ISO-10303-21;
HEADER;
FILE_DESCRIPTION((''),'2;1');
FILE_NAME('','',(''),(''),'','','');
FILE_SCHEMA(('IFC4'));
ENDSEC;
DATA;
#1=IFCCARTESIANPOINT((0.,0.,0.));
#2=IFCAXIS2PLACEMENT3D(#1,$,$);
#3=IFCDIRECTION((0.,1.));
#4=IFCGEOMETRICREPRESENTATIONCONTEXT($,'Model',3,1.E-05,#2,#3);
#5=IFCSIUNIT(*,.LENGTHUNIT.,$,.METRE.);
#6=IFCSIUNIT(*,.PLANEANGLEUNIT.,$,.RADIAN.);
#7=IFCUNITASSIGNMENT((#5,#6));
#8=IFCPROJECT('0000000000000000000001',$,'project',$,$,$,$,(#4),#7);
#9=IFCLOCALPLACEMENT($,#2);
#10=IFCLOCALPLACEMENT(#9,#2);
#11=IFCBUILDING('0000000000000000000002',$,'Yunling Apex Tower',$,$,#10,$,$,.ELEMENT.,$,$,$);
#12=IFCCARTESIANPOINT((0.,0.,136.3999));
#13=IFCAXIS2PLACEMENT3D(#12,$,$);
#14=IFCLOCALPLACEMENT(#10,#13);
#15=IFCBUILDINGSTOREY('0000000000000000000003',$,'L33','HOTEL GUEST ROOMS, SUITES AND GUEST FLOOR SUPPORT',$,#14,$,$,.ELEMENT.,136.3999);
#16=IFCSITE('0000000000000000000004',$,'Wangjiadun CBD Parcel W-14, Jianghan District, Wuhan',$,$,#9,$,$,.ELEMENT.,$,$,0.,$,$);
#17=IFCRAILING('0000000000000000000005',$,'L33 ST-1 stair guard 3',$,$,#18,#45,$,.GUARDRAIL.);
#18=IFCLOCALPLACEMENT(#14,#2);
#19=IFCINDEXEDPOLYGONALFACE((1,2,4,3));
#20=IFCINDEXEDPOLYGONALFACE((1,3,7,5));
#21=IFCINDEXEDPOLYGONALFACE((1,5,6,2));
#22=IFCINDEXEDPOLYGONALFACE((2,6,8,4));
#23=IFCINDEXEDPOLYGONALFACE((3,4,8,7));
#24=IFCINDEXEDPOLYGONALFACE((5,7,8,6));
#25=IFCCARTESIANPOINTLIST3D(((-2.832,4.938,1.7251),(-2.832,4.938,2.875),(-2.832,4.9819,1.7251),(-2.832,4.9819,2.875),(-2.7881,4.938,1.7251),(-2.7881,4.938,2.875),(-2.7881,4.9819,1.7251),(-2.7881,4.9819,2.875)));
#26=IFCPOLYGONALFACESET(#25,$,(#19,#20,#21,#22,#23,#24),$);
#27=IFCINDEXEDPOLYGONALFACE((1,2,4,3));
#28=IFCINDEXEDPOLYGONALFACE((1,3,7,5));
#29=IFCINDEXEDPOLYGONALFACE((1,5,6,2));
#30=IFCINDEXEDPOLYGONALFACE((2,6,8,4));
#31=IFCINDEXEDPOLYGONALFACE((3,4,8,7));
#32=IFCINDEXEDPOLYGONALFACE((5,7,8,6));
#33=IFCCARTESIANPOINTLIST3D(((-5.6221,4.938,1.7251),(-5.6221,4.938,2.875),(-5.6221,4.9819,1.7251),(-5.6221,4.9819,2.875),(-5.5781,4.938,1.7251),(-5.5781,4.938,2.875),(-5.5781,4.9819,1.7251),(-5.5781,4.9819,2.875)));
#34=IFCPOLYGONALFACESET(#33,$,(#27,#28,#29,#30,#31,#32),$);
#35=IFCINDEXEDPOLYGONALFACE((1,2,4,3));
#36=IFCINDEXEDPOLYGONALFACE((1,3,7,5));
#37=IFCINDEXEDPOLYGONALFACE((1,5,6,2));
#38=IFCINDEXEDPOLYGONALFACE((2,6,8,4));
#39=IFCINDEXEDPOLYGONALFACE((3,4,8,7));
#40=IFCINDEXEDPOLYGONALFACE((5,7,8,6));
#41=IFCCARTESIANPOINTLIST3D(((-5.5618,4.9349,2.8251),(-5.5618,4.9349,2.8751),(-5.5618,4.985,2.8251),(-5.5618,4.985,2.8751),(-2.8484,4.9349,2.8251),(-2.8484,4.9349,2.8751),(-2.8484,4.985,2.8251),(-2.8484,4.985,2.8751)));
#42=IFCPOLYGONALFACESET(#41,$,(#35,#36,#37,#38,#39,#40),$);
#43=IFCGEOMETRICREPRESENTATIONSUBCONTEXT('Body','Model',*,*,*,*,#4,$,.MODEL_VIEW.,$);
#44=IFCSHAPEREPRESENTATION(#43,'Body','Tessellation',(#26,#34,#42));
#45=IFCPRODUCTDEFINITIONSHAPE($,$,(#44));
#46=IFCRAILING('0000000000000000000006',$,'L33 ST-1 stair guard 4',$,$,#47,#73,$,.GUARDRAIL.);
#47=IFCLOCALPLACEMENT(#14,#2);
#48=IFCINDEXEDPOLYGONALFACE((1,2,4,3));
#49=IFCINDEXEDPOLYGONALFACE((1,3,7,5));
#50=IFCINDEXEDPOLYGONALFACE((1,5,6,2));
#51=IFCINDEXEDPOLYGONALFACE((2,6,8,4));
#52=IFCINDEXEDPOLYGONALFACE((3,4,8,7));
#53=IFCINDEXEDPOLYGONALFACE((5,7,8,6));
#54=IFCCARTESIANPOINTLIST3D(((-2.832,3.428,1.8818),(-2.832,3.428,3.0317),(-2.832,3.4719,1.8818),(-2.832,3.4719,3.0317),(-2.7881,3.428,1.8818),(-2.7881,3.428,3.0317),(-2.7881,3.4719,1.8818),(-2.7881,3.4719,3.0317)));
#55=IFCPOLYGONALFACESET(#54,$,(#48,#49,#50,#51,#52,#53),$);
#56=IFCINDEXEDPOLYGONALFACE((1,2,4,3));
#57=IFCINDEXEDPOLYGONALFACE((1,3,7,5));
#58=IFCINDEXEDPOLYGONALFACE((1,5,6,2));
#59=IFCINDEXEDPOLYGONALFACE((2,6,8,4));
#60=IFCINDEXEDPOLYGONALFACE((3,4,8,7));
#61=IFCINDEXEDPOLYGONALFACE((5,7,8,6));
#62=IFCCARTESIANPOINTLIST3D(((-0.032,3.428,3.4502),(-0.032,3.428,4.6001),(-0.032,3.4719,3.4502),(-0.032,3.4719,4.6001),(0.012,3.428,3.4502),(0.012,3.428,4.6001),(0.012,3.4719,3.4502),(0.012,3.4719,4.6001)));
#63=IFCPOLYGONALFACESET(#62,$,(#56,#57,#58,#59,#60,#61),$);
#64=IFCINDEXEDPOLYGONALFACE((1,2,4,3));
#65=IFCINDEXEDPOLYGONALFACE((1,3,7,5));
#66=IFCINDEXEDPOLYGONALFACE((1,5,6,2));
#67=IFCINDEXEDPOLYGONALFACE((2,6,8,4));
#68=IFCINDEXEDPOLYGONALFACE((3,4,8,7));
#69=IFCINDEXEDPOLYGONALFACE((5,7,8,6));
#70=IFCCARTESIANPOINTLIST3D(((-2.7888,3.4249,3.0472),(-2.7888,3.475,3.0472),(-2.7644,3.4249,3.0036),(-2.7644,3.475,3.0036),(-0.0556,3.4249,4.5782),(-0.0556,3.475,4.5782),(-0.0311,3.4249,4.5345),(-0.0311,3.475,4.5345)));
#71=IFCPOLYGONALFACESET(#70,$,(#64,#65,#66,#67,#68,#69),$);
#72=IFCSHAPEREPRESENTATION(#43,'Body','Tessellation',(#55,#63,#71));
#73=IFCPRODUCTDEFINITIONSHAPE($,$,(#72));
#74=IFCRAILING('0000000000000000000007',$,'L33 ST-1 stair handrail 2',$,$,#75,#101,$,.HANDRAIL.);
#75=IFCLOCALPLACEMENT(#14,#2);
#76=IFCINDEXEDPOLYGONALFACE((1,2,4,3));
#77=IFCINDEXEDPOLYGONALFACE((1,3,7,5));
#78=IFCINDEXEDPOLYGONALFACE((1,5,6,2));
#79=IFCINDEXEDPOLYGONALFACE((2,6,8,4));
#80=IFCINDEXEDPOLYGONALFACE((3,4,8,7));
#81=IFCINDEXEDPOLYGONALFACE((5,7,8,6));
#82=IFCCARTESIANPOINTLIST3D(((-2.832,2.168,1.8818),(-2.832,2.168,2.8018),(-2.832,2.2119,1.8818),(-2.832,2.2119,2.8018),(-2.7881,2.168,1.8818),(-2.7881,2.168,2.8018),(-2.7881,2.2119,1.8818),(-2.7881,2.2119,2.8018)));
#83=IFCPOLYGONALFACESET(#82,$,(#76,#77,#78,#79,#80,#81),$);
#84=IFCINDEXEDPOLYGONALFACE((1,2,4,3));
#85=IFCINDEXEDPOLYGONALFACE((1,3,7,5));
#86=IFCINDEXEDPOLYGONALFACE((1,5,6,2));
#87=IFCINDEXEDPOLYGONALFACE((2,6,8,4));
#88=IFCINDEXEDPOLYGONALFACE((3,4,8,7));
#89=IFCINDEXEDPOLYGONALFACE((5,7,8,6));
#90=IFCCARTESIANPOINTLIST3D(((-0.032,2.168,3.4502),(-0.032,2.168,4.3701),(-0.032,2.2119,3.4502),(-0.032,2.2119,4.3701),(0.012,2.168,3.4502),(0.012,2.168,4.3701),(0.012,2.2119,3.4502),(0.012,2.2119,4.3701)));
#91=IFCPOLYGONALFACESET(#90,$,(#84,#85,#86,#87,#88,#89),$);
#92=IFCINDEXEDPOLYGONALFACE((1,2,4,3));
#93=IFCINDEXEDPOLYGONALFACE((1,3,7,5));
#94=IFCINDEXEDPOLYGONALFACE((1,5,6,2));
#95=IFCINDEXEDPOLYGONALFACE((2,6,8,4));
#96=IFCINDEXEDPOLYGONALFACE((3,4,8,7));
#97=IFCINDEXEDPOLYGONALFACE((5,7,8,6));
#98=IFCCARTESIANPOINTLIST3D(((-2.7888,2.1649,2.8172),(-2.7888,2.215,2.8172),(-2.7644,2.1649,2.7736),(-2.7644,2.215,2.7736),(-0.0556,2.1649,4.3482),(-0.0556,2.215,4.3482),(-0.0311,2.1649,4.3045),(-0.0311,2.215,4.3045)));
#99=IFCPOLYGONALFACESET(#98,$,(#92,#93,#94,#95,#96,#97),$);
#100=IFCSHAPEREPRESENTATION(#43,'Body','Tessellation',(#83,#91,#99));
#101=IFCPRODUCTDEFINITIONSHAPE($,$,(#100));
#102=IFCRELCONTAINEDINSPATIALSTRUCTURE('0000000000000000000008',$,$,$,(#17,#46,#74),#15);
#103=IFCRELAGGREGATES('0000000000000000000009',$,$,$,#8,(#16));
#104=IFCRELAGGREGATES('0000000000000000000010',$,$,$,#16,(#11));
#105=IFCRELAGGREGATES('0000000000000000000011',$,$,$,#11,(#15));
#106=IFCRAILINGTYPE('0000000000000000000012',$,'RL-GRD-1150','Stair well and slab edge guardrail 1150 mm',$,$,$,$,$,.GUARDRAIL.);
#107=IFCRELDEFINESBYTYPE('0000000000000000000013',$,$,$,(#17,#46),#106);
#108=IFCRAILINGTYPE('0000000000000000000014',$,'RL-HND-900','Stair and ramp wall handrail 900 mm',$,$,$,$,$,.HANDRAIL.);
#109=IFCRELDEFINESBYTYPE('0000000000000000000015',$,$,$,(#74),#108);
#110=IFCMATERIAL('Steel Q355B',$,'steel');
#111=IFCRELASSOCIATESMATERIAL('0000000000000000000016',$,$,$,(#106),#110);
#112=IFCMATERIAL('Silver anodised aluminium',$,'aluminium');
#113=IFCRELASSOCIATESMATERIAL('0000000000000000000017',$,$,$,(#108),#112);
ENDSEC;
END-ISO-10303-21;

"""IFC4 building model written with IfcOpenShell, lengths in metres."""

from ifc_helpers import new_model, si_unit, direction, frame, origin, origin_2d, place, context, subcontext, project, spatial, rectangle, extrude, material, type_object, element, save


model = new_model("IFC4")

# Units and contexts
model_context = context("Model", 3, precision=1e-05, world=origin(), true_north=direction((0.0, 1.0)))
body_context = subcontext(model_context, "Body", "Model", "MODEL_VIEW")
ifc_project = project(units=[si_unit("LENGTHUNIT", "METRE"), si_unit("PLANEANGLEUNIT", "RADIAN")], contexts=[model_context])

# Site, building, storey
site_placement = place(None, origin())
site = spatial("IfcSite", under=ifc_project, at=site_placement, Name="Wangjiadun CBD Parcel W-14, Jianghan District, Wuhan", CompositionType="ELEMENT", RefElevation=0.0)
building_placement = place(site_placement, origin())
building = spatial("IfcBuilding", under=site, at=building_placement, Name="Yunling Apex Tower", CompositionType="ELEMENT")
storey_placement = place(building_placement, frame((0.0, 0.0, 136.3999)))
storey = spatial("IfcBuildingStorey", under=building, at=storey_placement, Name="L33", Description="HOTEL GUEST ROOMS, SUITES AND GUEST FLOOR SUPPORT", CompositionType="ELEMENT", Elevation=136.3999)

# Shared definitions
ifc_material_1 = material(Name="Steel Q355B", Category="steel")

# Shared definitions
ifc_material_2 = material(Name="Silver anodised aluminium", Category="aluminium")

# Railings
railing_type_1 = type_object("IfcRailingType", Name="RL-GRD-1150", Description="Stair well and slab edge guardrail 1150 mm", PredefinedType="GUARDRAIL", material=ifc_material_1)
railing_1_placement = place(storey_placement, frame((-2.8101, 4.96, 1.7251)))
element("IfcRailing", 1, at=railing_1_placement, inside=storey, type_object=railing_type_1, Name="L33 ST-1 stair guard 3", PredefinedType="GUARDRAIL", context=body_context, shape_type="SweptSolid", body=[
    extrude(rectangle(XDim=0.0439, YDim=0.0439, at=origin_2d()), origin(), (0.0, 0.0, 1.0), 1.1499),
    extrude(rectangle(XDim=0.0439, YDim=0.0439, at=origin_2d()), frame((-2.79, 0.0, 0.0)), (0.0, 0.0, 1.0), 1.1499),
    extrude(rectangle(XDim=0.05, YDim=0.05, at=origin_2d()), frame((-0.0383, 0.0, 1.125), z_axis=(-1.0, 0.0, 0.0), x_axis=(0.0, -1.0, 0.0)), (0.0, 0.0, 1.0), 2.7134),
])
railing_2_placement = place(storey_placement, frame((-2.8101, 3.45, 1.8818)))
element("IfcRailing", 2, at=railing_2_placement, inside=storey, type_object=railing_type_1, Name="L33 ST-1 stair guard 4", PredefinedType="GUARDRAIL", context=body_context, shape_type="SweptSolid", body=[
    extrude(rectangle(XDim=0.0439, YDim=0.0439, at=origin_2d()), origin(), (0.0, 0.0, 1.0), 1.1499),
    extrude(rectangle(XDim=0.0439, YDim=0.0439, at=origin_2d()), frame((2.8, 0.0, 1.5684)), (0.0, 0.0, 1.0), 1.1499),
    extrude(rectangle(XDim=0.05, YDim=0.05, at=origin_2d()), frame((0.0334, 0.0, 1.1436), z_axis=(0.872462, 0.0, 0.488682), x_axis=(0.0, 1.0, 0.0)), (0.0, 0.0, 1.0), 3.1328),
])
railing_type_2 = type_object("IfcRailingType", Name="RL-HND-900", Description="Stair and ramp wall handrail 900 mm", PredefinedType="HANDRAIL", material=ifc_material_2)
railing_3_placement = place(storey_placement, frame((-2.8101, 2.1899, 1.8818)))
element("IfcRailing", 3, at=railing_3_placement, inside=storey, type_object=railing_type_2, Name="L33 ST-1 stair handrail 2", PredefinedType="HANDRAIL", context=body_context, shape_type="SweptSolid", body=[
    extrude(rectangle(XDim=0.0439, YDim=0.0439, at=origin_2d()), origin(), (0.0, 0.0, 1.0), 0.9199),
    extrude(rectangle(XDim=0.0439, YDim=0.0439, at=origin_2d()), frame((2.8, 0.0, 1.5684)), (0.0, 0.0, 1.0), 0.9199),
    extrude(rectangle(XDim=0.05, YDim=0.05, at=origin_2d()), frame((0.0334, 0.0, 0.9136), z_axis=(0.872462, 0.0, 0.488682), x_axis=(0.0, 1.0, 0.0)), (0.0, 0.0, 1.0), 3.1328),
])

save(model, "model.ifc")
